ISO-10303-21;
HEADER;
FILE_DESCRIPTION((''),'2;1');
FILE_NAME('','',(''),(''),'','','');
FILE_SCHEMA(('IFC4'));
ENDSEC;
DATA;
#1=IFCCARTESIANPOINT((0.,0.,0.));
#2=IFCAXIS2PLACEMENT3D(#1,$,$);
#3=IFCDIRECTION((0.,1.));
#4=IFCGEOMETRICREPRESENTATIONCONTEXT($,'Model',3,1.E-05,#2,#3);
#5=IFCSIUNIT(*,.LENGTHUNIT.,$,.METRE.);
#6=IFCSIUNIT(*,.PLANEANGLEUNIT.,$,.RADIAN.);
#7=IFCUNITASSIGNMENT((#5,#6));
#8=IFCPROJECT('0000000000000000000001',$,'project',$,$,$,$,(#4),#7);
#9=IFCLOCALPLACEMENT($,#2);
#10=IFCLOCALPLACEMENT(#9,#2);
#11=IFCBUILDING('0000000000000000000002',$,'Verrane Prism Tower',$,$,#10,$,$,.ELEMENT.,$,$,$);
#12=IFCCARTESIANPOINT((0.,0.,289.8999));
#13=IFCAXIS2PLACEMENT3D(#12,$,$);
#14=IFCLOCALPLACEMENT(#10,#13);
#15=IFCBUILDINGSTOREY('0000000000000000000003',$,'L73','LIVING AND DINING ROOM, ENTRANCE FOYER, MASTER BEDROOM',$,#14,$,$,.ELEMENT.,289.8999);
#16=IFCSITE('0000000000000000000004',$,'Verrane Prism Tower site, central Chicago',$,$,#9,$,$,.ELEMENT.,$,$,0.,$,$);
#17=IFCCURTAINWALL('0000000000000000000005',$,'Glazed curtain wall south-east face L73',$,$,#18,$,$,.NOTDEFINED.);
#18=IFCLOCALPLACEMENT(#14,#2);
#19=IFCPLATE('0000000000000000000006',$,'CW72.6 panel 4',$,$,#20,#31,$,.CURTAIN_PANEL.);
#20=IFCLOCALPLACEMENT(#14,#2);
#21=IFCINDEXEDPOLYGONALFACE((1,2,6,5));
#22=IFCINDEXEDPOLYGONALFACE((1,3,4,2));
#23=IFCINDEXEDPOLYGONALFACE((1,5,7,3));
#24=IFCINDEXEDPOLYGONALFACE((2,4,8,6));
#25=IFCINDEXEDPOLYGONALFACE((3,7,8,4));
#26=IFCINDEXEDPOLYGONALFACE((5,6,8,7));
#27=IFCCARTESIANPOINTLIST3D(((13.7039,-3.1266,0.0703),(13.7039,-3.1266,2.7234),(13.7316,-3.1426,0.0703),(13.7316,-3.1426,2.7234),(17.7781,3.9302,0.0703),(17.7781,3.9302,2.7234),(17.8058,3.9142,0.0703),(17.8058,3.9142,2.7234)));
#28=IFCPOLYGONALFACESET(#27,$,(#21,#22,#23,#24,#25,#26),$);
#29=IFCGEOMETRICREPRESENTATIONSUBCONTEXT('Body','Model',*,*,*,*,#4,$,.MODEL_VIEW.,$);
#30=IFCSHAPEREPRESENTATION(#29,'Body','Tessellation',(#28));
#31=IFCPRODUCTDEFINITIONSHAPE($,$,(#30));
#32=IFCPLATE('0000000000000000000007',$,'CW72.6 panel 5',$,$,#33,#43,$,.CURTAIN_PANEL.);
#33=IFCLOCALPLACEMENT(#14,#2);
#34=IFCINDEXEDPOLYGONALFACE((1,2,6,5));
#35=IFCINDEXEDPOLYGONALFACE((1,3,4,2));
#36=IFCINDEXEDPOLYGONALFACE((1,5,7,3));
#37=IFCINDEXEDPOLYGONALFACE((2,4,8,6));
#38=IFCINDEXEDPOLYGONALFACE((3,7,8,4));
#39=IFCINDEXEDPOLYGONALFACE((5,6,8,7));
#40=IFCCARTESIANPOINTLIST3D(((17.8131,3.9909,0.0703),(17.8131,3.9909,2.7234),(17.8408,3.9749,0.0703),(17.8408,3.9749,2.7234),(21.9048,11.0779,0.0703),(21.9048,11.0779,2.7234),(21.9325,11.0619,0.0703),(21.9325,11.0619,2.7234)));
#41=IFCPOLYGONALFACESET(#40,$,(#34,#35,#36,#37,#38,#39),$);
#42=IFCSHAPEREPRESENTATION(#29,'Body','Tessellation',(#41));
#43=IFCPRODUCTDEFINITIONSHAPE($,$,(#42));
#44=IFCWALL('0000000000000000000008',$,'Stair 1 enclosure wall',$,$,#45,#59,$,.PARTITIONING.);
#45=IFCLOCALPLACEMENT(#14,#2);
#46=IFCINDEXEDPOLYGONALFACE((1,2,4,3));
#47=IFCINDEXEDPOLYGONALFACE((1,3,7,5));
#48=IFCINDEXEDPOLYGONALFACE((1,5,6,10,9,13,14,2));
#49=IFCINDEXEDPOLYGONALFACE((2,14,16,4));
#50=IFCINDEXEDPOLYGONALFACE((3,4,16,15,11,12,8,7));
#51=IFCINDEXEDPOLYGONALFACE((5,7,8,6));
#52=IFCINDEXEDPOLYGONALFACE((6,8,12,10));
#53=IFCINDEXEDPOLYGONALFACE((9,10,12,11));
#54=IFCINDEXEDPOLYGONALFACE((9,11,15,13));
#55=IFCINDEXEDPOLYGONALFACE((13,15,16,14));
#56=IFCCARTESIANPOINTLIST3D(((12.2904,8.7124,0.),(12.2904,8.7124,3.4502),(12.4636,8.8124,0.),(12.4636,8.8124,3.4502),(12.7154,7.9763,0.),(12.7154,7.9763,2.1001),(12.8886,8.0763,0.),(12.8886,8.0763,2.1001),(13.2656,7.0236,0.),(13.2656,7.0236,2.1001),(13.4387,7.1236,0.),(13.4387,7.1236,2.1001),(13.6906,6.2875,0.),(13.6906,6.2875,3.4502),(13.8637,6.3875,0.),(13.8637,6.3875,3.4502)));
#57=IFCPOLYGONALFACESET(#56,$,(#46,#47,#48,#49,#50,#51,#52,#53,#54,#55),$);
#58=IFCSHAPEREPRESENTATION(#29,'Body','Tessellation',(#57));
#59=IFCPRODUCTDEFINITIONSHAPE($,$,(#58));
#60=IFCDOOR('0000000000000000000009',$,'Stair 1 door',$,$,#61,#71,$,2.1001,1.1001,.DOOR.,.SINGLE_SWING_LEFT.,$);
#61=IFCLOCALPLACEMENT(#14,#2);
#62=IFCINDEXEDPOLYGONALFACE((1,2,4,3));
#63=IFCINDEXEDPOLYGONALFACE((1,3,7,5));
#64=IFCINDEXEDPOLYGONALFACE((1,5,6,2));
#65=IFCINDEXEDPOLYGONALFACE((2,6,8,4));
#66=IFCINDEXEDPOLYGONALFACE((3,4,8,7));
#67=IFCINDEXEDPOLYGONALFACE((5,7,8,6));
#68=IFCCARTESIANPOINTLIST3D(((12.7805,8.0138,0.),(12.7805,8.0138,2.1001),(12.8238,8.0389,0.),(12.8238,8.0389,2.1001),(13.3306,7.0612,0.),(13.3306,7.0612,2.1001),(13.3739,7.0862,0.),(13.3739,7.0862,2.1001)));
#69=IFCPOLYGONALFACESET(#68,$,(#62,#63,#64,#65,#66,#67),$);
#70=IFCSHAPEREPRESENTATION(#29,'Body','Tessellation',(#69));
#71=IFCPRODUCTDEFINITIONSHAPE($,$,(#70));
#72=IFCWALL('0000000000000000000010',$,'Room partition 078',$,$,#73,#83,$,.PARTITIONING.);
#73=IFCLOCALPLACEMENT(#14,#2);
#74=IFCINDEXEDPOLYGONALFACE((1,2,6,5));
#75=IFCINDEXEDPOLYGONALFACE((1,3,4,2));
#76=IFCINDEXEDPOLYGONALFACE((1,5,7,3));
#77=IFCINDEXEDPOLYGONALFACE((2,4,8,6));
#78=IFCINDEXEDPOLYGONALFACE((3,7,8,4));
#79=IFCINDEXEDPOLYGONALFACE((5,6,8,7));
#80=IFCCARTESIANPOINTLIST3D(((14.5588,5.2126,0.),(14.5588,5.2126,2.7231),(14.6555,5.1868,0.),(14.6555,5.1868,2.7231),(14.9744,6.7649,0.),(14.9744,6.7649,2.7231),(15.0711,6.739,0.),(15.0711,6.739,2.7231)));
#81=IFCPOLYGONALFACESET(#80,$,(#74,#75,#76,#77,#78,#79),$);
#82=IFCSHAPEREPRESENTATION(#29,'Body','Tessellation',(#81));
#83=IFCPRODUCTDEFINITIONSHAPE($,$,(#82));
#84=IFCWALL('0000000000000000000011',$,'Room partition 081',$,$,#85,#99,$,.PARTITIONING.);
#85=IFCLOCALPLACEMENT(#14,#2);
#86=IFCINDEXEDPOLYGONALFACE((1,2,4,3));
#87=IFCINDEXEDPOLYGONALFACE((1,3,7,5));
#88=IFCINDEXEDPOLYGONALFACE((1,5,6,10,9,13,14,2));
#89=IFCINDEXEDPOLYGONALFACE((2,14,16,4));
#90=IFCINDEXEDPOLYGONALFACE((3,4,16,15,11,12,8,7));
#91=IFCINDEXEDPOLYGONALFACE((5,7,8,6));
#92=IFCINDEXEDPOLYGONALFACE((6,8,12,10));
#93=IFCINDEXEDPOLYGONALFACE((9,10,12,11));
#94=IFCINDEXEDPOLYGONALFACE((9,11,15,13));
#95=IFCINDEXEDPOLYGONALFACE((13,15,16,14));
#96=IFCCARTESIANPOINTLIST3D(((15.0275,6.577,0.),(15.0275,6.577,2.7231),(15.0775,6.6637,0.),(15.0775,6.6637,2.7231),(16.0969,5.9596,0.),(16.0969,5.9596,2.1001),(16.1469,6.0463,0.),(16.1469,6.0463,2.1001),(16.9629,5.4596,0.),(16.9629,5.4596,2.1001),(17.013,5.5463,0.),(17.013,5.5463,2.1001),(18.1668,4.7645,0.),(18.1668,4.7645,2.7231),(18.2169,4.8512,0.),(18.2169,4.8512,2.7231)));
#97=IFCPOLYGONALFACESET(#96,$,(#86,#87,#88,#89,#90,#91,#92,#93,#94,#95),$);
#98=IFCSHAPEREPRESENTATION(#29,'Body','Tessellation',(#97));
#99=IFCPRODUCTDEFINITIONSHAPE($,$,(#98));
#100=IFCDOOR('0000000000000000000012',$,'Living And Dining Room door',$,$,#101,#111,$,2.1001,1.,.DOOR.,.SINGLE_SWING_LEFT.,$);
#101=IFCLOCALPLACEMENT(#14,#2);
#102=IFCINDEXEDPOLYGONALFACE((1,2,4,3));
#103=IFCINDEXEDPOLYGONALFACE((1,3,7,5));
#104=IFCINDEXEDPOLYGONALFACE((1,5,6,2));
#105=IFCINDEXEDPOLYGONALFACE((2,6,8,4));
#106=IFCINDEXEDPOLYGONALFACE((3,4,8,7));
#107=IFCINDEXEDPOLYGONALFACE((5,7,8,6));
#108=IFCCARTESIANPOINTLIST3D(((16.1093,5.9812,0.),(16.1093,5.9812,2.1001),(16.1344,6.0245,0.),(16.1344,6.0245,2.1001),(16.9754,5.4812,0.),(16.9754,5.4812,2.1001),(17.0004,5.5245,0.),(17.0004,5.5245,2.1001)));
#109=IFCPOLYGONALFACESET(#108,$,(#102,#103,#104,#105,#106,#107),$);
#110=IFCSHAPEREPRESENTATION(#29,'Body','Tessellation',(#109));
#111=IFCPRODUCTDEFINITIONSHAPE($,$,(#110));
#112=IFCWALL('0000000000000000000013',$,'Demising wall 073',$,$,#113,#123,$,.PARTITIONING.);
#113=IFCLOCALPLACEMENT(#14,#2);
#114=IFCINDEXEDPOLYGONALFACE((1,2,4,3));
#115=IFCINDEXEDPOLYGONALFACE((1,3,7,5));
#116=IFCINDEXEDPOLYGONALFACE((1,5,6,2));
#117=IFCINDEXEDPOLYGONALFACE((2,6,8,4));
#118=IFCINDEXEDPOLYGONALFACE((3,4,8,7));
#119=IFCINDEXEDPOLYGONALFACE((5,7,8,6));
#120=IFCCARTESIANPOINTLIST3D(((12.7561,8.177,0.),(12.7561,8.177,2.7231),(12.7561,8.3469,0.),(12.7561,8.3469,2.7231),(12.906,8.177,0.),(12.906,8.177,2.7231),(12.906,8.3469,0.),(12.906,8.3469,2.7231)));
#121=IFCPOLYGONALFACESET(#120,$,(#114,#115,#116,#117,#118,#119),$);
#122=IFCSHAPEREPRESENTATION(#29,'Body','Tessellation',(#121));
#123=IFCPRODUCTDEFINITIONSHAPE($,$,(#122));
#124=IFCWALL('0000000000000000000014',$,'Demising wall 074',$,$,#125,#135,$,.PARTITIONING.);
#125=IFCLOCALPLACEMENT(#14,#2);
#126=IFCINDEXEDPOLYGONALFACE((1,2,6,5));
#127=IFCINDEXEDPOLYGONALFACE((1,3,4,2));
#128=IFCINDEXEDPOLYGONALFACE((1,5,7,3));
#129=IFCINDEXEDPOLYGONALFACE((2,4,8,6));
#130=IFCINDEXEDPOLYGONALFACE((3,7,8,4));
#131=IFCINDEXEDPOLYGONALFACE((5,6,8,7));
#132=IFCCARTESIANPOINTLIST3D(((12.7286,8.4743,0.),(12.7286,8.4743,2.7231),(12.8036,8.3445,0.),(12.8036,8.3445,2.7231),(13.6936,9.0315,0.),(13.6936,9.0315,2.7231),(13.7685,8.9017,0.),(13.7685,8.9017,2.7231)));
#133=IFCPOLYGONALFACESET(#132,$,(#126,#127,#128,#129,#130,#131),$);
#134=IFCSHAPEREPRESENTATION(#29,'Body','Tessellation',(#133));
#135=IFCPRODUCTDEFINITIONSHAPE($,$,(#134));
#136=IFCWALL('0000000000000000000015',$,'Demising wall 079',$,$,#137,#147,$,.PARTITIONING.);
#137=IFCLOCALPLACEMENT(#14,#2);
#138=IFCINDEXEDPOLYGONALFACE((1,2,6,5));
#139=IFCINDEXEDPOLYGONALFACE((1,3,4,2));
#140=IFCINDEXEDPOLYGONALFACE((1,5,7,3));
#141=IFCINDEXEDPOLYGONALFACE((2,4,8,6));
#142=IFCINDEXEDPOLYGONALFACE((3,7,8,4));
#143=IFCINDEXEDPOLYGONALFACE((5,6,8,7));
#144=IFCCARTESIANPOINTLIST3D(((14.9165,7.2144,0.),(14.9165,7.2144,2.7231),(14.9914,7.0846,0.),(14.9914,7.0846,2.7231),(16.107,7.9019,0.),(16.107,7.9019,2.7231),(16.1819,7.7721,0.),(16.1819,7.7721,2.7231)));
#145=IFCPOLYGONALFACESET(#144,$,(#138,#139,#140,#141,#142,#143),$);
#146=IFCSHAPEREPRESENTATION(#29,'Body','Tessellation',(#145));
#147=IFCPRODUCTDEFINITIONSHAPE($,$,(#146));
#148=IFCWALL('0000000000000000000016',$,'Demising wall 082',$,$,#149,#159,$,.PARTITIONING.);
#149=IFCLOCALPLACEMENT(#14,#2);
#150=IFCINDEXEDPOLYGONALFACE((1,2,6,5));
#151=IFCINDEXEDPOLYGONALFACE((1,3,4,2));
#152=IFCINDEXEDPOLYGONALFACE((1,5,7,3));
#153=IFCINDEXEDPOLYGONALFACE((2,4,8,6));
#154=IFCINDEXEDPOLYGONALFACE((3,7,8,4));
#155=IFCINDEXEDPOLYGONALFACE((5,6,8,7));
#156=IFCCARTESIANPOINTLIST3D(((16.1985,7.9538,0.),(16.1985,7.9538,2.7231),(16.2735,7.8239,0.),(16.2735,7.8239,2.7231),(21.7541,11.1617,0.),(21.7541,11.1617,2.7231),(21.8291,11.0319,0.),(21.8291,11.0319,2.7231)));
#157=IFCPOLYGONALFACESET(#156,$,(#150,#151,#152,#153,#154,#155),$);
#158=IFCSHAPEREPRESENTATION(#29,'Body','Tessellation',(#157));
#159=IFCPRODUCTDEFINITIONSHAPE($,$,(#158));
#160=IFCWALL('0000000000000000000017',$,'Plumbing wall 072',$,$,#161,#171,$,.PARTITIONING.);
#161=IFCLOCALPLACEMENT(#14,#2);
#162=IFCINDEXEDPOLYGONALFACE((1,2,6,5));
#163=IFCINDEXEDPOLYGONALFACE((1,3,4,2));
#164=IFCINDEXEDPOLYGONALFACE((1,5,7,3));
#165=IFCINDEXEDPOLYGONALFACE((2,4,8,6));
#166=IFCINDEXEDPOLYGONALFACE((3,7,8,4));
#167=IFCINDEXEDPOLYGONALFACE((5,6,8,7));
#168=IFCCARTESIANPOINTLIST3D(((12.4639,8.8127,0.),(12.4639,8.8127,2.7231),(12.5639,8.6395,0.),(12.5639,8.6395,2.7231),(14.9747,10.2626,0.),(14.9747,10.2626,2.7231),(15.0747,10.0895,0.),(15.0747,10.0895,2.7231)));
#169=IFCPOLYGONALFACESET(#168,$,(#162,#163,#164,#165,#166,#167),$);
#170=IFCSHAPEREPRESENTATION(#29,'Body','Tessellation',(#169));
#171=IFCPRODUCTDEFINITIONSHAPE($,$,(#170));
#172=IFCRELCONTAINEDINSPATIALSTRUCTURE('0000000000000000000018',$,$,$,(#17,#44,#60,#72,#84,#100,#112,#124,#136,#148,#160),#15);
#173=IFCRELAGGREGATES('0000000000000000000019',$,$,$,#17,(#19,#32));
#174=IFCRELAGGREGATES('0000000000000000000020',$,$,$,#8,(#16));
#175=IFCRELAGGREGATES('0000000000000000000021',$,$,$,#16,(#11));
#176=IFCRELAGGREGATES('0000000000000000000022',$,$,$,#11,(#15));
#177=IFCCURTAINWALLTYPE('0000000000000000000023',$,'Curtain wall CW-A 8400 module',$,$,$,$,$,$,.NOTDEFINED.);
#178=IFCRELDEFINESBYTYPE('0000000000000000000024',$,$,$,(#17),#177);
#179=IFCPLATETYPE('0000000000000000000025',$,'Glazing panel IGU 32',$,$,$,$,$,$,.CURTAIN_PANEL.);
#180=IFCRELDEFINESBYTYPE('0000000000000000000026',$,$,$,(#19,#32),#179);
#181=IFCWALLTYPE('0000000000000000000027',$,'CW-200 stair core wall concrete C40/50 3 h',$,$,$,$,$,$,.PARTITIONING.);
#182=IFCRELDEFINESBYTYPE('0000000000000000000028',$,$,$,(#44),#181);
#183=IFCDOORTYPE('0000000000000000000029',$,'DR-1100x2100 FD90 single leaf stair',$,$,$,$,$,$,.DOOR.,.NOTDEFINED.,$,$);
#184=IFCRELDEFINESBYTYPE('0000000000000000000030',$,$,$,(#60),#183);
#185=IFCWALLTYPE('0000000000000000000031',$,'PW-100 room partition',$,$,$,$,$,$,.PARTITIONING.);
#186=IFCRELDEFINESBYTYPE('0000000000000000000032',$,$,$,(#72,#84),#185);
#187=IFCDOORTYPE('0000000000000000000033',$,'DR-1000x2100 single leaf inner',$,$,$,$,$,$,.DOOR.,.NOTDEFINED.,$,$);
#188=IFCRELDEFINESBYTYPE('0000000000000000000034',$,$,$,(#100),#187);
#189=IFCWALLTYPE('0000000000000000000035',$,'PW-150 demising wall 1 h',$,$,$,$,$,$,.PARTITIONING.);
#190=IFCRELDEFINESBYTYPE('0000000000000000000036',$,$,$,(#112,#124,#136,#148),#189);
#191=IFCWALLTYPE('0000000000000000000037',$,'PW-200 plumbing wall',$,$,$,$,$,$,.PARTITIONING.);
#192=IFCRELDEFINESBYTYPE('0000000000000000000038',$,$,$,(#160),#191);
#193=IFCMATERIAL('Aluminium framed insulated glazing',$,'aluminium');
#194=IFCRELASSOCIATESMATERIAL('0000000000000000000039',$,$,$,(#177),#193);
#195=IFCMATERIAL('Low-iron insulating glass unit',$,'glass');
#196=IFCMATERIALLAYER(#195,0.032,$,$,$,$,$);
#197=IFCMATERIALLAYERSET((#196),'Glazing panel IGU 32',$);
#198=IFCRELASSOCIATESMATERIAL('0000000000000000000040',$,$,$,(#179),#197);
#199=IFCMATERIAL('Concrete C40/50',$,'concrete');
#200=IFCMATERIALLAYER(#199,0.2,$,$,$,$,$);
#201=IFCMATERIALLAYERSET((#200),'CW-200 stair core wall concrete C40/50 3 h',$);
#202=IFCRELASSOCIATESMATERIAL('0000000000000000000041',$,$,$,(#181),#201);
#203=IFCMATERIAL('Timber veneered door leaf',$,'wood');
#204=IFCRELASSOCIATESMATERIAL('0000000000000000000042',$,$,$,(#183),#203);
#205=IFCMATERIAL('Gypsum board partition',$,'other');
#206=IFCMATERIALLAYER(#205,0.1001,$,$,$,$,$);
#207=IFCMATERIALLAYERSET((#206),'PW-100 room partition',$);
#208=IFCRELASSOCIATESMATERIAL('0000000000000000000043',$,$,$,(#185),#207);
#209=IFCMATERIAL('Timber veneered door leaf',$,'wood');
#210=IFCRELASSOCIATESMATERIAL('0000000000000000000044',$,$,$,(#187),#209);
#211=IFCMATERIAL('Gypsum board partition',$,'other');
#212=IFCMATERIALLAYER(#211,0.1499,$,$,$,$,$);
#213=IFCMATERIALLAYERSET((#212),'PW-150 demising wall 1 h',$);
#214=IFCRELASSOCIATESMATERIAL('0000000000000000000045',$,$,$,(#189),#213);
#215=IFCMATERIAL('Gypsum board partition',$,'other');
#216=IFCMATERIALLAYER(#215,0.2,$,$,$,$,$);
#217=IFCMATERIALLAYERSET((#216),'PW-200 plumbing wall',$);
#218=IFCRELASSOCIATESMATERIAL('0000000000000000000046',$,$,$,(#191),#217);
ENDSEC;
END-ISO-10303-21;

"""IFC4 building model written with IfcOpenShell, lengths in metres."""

from ifc_helpers import new_model, si_unit, direction, frame, frame_2d, origin, origin_2d, place, context, subcontext, project, spatial, rectangle, extrude, material, layer, layer_set, type_object, element, fill, aggregate, save


model = new_model("IFC4")

# Units and contexts
model_context = context("Model", 3, precision=1e-05, world=origin(), true_north=direction((0.0, 1.0)))
body_context = subcontext(model_context, "Body", "Model", "MODEL_VIEW")
ifc_project = project(units=[si_unit("LENGTHUNIT", "METRE"), si_unit("PLANEANGLEUNIT", "RADIAN")], contexts=[model_context])

# Site, building, storey
site_placement = place(None, origin())
site = spatial("IfcSite", under=ifc_project, at=site_placement, Name="Verrane Prism Tower site, central Chicago", CompositionType="ELEMENT", RefElevation=0.0)
building_placement = place(site_placement, origin())
building = spatial("IfcBuilding", under=site, at=building_placement, Name="Verrane Prism Tower", CompositionType="ELEMENT")
storey_placement = place(building_placement, frame((0.0, 0.0, 289.8999)))
storey = spatial("IfcBuildingStorey", under=building, at=storey_placement, Name="L73", Description="LIVING AND DINING ROOM, ENTRANCE FOYER, MASTER BEDROOM", CompositionType="ELEMENT", Elevation=289.8999)

# Curtain wall
ifc_material_1 = material(Name="Aluminium framed insulated glazing", Category="aluminium")
curtain_wall_type = type_object("IfcCurtainWallType", Name="Curtain wall CW-A 8400 module", PredefinedType="NOTDEFINED", material=ifc_material_1)
curtain_wall_placement = place(storey_placement, origin())
curtain_wall = element("IfcCurtainWall", 1, at=curtain_wall_placement, inside=storey, type_object=curtain_wall_type, Name="Glazed curtain wall south-east face L73", PredefinedType="NOTDEFINED")

# Plates
ifc_material_2 = material(Name="Low-iron insulating glass unit", Category="glass")
ifc_layer_1 = layer(ifc_material_2, 0.032)
ifc_layer_set_1 = layer_set([ifc_layer_1], Name="Glazing panel IGU 32")
plate_type = type_object("IfcPlateType", Name="Glazing panel IGU 32", PredefinedType="CURTAIN_PANEL", material=ifc_layer_set_1)
plate_1_placement = place(storey_placement, frame((15.7549, 0.3938, 0.0703), z_axis=(0.0, 0.0, 1.0), x_axis=(0.500001, 0.866025, 0.0)))
plate_1 = element("IfcPlate", 2, at=plate_1_placement, type_object=plate_type, Name="CW72.6 panel 4", PredefinedType="CURTAIN_PANEL", context=body_context, shape_type="SweptSolid", body=[
    extrude(rectangle(XDim=8.1484, YDim=0.032, at=origin_2d()), origin(), (0.0, 0.0, 1.0), 2.6531),
])
plate_2_placement = place(storey_placement, frame((19.8728, 7.5264, 0.0703), z_axis=(0.0, 0.0, 1.0), x_axis=(0.500001, 0.866025, 0.0)))
plate_2 = element("IfcPlate", 3, at=plate_2_placement, type_object=plate_type, Name="CW72.6 panel 5", PredefinedType="CURTAIN_PANEL", context=body_context, shape_type="SweptSolid", body=[
    extrude(rectangle(XDim=8.1833, YDim=0.032, at=origin_2d()), origin(), (0.0, 0.0, 1.0), 2.6531),
])
aggregate(curtain_wall, [plate_1, plate_2])

# Wall, opening, door
ifc_material_3 = material(Name="Concrete C40/50", Category="concrete")
ifc_layer_2 = layer(ifc_material_3, 0.2)
ifc_layer_set_2 = layer_set([ifc_layer_2], Name="CW-200 stair core wall concrete C40/50 3 h")
wall_type_1 = type_object("IfcWallType", Name="CW-200 stair core wall concrete C40/50 3 h", PredefinedType="PARTITIONING", material=ifc_layer_set_2)
wall_1_placement = place(storey_placement, frame((13.7771, 6.3376, 0.0), z_axis=(0.0, 0.0, 1.0), x_axis=(-0.50005, 0.865997, 0.0)))
wall_1 = element("IfcWall", 4, at=wall_1_placement, inside=storey, type_object=wall_type_1, Name="Stair 1 enclosure wall", PredefinedType="PARTITIONING", context=body_context, shape_type="SweptSolid", body=[
    extrude(rectangle(XDim=2.8, YDim=0.2, at=frame_2d((1.3999, 0.0))), origin(), (0.0, 0.0, 1.0), 3.4502),
])
opening_1_placement = place(wall_1_placement, frame((0.8499, 0.0, 0.0)))
opening_1 = element("IfcOpeningElement", 5, at=opening_1_placement, cuts=wall_1, PredefinedType="OPENING", context=body_context, shape_type="SweptSolid", body=[
    extrude(rectangle(XDim=1.1001, YDim=2.1001, at=frame_2d((0.55, 1.05))), frame((0.0, 0.1099, 0.0), z_axis=(0.0, -1.0, 0.0), x_axis=(1.0, 0.0, 0.0)), (0.0, 0.0, 1.0), 0.22),
])
ifc_material_4 = material(Name="Timber veneered door leaf", Category="wood")
door_type_1 = type_object("IfcDoorType", Name="DR-1100x2100 FD90 single leaf stair", OperationType="NOTDEFINED", PredefinedType="DOOR", material=ifc_material_4)
door_1_placement = place(opening_1_placement, origin())
door_1 = element("IfcDoor", 6, at=door_1_placement, inside=storey, type_object=door_type_1, Name="Stair 1 door", OperationType="SINGLE_SWING_LEFT", OverallHeight=2.1001, OverallWidth=1.1001, PredefinedType="DOOR", context=body_context, shape_type="SweptSolid", body=[
    extrude(rectangle(XDim=1.1001, YDim=2.1001, at=frame_2d((0.55, 1.05))), frame((0.0, 0.0249, 0.0), z_axis=(0.0, -1.0, 0.0), x_axis=(1.0, 0.0, 0.0)), (0.0, 0.0, 1.0), 0.05),
])
fill(opening_1, door_1)

# Wall
ifc_material_5 = material(Name="Gypsum board partition", Category="other")
ifc_layer_3 = layer(ifc_material_5, 0.1001)
ifc_layer_set_3 = layer_set([ifc_layer_3], Name="PW-100 room partition")
wall_type_2 = type_object("IfcWallType", Name="PW-100 room partition", PredefinedType="PARTITIONING", material=ifc_layer_set_3)
wall_2_placement = place(storey_placement, frame((14.6072, 5.1997, 0.0), z_axis=(0.0, 0.0, 1.0), x_axis=(0.258589, 0.965987, 0.0)))
element("IfcWall", 7, at=wall_2_placement, inside=storey, type_object=wall_type_2, Name="Room partition 078", PredefinedType="PARTITIONING", context=body_context, shape_type="SweptSolid", body=[
    extrude(rectangle(XDim=1.6069, YDim=0.1001, at=frame_2d((0.8035, 0.0))), origin(), (0.0, 0.0, 1.0), 2.7231),
])

# Wall, opening, door
wall_3_placement = place(storey_placement, frame((15.0525, 6.6204, 0.0), z_axis=(0.0, 0.0, 1.0), x_axis=(0.86603, -0.499993, 0.0)))
wall_3 = element("IfcWall", 8, at=wall_3_placement, inside=storey, type_object=wall_type_2, Name="Room partition 081", PredefinedType="PARTITIONING", context=body_context, shape_type="SweptSolid", body=[
    extrude(rectangle(XDim=3.625, YDim=0.1001, at=frame_2d((1.8125, 0.0))), origin(), (0.0, 0.0, 1.0), 2.7231),
])
opening_2_placement = place(wall_3_placement, frame((1.2349, 0.0, 0.0)))
opening_2 = element("IfcOpeningElement", 9, at=opening_2_placement, cuts=wall_3, PredefinedType="OPENING", context=body_context, shape_type="SweptSolid", body=[
    extrude(rectangle(XDim=1.0, YDim=2.1001, at=frame_2d((0.5, 1.05))), frame((0.0, 0.0601, 0.0), z_axis=(0.0, -1.0, 0.0), x_axis=(1.0, 0.0, 0.0)), (0.0, 0.0, 1.0), 0.1201),
])
ifc_material_6 = material(Name="Timber veneered door leaf", Category="wood")
door_type_2 = type_object("IfcDoorType", Name="DR-1000x2100 single leaf inner", OperationType="NOTDEFINED", PredefinedType="DOOR", material=ifc_material_6)
door_2_placement = place(opening_2_placement, origin())
door_2 = element("IfcDoor", 10, at=door_2_placement, inside=storey, type_object=door_type_2, Name="Living And Dining Room door", OperationType="SINGLE_SWING_LEFT", OverallHeight=2.1001, OverallWidth=1.0, PredefinedType="DOOR", context=body_context, shape_type="SweptSolid", body=[
    extrude(rectangle(XDim=1.0, YDim=2.1001, at=frame_2d((0.5, 1.05))), frame((0.0, 0.0249, 0.0), z_axis=(0.0, -1.0, 0.0), x_axis=(1.0, 0.0, 0.0)), (0.0, 0.0, 1.0), 0.05),
])
fill(opening_2, door_2)

# Walls
ifc_material_7 = material(Name="Gypsum board partition", Category="other")
ifc_layer_4 = layer(ifc_material_7, 0.1499)
ifc_layer_set_4 = layer_set([ifc_layer_4], Name="PW-150 demising wall 1 h")
wall_type_3 = type_object("IfcWallType", Name="PW-150 demising wall 1 h", PredefinedType="PARTITIONING", material=ifc_layer_set_4)
wall_4_placement = place(storey_placement, frame((12.8311, 8.177, 0.0), z_axis=(0.0, 0.0, 1.0), x_axis=(0.0, 1.0, 0.0)))
element("IfcWall", 11, at=wall_4_placement, inside=storey, type_object=wall_type_3, Name="Demising wall 073", PredefinedType="PARTITIONING", context=body_context, shape_type="SweptSolid", body=[
    extrude(rectangle(XDim=0.1699, YDim=0.1499, at=frame_2d((0.085, 0.0))), origin(), (0.0, 0.0, 1.0), 2.7231),
])
wall_5_placement = place(storey_placement, frame((12.7661, 8.4094, 0.0), z_axis=(0.0, 0.0, 1.0), x_axis=(0.865996, 0.500051, 0.0)))
element("IfcWall", 12, at=wall_5_placement, inside=storey, type_object=wall_type_3, Name="Demising wall 074", PredefinedType="PARTITIONING", context=body_context, shape_type="SweptSolid", body=[
    extrude(rectangle(XDim=1.1143, YDim=0.1499, at=frame_2d((0.5571, 0.0))), origin(), (0.0, 0.0, 1.0), 2.7231),
])
wall_6_placement = place(storey_placement, frame((14.9539, 7.1494, 0.0), z_axis=(0.0, 0.0, 1.0), x_axis=(0.865961, 0.500112, 0.0)))
element("IfcWall", 13, at=wall_6_placement, inside=storey, type_object=wall_type_3, Name="Demising wall 079", PredefinedType="PARTITIONING", context=body_context, shape_type="SweptSolid", body=[
    extrude(rectangle(XDim=1.3748, YDim=0.1499, at=frame_2d((0.6875, 0.0))), origin(), (0.0, 0.0, 1.0), 2.7231),
])
wall_7_placement = place(storey_placement, frame((16.2361, 7.8889, 0.0), z_axis=(0.0, 0.0, 1.0), x_axis=(0.865995, 0.500052, 0.0)))
element("IfcWall", 14, at=wall_7_placement, inside=storey, type_object=wall_type_3, Name="Demising wall 082", PredefinedType="PARTITIONING", context=body_context, shape_type="SweptSolid", body=[
    extrude(rectangle(XDim=6.4153, YDim=0.1499, at=frame_2d((3.2075, 0.0))), origin(), (0.0, 0.0, 1.0), 2.7231),
])
ifc_material_8 = material(Name="Gypsum board partition", Category="other")
ifc_layer_5 = layer(ifc_material_8, 0.2)
ifc_layer_set_5 = layer_set([ifc_layer_5], Name="PW-200 plumbing wall")
wall_type_4 = type_object("IfcWallType", Name="PW-200 plumbing wall", PredefinedType="PARTITIONING", material=ifc_layer_set_5)
wall_8_placement = place(storey_placement, frame((12.5139, 8.7261, 0.0), z_axis=(0.0, 0.0, 1.0), x_axis=(0.86597, 0.500097, 0.0)))
element("IfcWall", 15, at=wall_8_placement, inside=storey, type_object=wall_type_4, Name="Plumbing wall 072", PredefinedType="PARTITIONING", context=body_context, shape_type="SweptSolid", body=[
    extrude(rectangle(XDim=2.8994, YDim=0.2, at=frame_2d((1.4497, 0.0))), origin(), (0.0, 0.0, 1.0), 2.7231),
])

save(model, "model.ifc")
